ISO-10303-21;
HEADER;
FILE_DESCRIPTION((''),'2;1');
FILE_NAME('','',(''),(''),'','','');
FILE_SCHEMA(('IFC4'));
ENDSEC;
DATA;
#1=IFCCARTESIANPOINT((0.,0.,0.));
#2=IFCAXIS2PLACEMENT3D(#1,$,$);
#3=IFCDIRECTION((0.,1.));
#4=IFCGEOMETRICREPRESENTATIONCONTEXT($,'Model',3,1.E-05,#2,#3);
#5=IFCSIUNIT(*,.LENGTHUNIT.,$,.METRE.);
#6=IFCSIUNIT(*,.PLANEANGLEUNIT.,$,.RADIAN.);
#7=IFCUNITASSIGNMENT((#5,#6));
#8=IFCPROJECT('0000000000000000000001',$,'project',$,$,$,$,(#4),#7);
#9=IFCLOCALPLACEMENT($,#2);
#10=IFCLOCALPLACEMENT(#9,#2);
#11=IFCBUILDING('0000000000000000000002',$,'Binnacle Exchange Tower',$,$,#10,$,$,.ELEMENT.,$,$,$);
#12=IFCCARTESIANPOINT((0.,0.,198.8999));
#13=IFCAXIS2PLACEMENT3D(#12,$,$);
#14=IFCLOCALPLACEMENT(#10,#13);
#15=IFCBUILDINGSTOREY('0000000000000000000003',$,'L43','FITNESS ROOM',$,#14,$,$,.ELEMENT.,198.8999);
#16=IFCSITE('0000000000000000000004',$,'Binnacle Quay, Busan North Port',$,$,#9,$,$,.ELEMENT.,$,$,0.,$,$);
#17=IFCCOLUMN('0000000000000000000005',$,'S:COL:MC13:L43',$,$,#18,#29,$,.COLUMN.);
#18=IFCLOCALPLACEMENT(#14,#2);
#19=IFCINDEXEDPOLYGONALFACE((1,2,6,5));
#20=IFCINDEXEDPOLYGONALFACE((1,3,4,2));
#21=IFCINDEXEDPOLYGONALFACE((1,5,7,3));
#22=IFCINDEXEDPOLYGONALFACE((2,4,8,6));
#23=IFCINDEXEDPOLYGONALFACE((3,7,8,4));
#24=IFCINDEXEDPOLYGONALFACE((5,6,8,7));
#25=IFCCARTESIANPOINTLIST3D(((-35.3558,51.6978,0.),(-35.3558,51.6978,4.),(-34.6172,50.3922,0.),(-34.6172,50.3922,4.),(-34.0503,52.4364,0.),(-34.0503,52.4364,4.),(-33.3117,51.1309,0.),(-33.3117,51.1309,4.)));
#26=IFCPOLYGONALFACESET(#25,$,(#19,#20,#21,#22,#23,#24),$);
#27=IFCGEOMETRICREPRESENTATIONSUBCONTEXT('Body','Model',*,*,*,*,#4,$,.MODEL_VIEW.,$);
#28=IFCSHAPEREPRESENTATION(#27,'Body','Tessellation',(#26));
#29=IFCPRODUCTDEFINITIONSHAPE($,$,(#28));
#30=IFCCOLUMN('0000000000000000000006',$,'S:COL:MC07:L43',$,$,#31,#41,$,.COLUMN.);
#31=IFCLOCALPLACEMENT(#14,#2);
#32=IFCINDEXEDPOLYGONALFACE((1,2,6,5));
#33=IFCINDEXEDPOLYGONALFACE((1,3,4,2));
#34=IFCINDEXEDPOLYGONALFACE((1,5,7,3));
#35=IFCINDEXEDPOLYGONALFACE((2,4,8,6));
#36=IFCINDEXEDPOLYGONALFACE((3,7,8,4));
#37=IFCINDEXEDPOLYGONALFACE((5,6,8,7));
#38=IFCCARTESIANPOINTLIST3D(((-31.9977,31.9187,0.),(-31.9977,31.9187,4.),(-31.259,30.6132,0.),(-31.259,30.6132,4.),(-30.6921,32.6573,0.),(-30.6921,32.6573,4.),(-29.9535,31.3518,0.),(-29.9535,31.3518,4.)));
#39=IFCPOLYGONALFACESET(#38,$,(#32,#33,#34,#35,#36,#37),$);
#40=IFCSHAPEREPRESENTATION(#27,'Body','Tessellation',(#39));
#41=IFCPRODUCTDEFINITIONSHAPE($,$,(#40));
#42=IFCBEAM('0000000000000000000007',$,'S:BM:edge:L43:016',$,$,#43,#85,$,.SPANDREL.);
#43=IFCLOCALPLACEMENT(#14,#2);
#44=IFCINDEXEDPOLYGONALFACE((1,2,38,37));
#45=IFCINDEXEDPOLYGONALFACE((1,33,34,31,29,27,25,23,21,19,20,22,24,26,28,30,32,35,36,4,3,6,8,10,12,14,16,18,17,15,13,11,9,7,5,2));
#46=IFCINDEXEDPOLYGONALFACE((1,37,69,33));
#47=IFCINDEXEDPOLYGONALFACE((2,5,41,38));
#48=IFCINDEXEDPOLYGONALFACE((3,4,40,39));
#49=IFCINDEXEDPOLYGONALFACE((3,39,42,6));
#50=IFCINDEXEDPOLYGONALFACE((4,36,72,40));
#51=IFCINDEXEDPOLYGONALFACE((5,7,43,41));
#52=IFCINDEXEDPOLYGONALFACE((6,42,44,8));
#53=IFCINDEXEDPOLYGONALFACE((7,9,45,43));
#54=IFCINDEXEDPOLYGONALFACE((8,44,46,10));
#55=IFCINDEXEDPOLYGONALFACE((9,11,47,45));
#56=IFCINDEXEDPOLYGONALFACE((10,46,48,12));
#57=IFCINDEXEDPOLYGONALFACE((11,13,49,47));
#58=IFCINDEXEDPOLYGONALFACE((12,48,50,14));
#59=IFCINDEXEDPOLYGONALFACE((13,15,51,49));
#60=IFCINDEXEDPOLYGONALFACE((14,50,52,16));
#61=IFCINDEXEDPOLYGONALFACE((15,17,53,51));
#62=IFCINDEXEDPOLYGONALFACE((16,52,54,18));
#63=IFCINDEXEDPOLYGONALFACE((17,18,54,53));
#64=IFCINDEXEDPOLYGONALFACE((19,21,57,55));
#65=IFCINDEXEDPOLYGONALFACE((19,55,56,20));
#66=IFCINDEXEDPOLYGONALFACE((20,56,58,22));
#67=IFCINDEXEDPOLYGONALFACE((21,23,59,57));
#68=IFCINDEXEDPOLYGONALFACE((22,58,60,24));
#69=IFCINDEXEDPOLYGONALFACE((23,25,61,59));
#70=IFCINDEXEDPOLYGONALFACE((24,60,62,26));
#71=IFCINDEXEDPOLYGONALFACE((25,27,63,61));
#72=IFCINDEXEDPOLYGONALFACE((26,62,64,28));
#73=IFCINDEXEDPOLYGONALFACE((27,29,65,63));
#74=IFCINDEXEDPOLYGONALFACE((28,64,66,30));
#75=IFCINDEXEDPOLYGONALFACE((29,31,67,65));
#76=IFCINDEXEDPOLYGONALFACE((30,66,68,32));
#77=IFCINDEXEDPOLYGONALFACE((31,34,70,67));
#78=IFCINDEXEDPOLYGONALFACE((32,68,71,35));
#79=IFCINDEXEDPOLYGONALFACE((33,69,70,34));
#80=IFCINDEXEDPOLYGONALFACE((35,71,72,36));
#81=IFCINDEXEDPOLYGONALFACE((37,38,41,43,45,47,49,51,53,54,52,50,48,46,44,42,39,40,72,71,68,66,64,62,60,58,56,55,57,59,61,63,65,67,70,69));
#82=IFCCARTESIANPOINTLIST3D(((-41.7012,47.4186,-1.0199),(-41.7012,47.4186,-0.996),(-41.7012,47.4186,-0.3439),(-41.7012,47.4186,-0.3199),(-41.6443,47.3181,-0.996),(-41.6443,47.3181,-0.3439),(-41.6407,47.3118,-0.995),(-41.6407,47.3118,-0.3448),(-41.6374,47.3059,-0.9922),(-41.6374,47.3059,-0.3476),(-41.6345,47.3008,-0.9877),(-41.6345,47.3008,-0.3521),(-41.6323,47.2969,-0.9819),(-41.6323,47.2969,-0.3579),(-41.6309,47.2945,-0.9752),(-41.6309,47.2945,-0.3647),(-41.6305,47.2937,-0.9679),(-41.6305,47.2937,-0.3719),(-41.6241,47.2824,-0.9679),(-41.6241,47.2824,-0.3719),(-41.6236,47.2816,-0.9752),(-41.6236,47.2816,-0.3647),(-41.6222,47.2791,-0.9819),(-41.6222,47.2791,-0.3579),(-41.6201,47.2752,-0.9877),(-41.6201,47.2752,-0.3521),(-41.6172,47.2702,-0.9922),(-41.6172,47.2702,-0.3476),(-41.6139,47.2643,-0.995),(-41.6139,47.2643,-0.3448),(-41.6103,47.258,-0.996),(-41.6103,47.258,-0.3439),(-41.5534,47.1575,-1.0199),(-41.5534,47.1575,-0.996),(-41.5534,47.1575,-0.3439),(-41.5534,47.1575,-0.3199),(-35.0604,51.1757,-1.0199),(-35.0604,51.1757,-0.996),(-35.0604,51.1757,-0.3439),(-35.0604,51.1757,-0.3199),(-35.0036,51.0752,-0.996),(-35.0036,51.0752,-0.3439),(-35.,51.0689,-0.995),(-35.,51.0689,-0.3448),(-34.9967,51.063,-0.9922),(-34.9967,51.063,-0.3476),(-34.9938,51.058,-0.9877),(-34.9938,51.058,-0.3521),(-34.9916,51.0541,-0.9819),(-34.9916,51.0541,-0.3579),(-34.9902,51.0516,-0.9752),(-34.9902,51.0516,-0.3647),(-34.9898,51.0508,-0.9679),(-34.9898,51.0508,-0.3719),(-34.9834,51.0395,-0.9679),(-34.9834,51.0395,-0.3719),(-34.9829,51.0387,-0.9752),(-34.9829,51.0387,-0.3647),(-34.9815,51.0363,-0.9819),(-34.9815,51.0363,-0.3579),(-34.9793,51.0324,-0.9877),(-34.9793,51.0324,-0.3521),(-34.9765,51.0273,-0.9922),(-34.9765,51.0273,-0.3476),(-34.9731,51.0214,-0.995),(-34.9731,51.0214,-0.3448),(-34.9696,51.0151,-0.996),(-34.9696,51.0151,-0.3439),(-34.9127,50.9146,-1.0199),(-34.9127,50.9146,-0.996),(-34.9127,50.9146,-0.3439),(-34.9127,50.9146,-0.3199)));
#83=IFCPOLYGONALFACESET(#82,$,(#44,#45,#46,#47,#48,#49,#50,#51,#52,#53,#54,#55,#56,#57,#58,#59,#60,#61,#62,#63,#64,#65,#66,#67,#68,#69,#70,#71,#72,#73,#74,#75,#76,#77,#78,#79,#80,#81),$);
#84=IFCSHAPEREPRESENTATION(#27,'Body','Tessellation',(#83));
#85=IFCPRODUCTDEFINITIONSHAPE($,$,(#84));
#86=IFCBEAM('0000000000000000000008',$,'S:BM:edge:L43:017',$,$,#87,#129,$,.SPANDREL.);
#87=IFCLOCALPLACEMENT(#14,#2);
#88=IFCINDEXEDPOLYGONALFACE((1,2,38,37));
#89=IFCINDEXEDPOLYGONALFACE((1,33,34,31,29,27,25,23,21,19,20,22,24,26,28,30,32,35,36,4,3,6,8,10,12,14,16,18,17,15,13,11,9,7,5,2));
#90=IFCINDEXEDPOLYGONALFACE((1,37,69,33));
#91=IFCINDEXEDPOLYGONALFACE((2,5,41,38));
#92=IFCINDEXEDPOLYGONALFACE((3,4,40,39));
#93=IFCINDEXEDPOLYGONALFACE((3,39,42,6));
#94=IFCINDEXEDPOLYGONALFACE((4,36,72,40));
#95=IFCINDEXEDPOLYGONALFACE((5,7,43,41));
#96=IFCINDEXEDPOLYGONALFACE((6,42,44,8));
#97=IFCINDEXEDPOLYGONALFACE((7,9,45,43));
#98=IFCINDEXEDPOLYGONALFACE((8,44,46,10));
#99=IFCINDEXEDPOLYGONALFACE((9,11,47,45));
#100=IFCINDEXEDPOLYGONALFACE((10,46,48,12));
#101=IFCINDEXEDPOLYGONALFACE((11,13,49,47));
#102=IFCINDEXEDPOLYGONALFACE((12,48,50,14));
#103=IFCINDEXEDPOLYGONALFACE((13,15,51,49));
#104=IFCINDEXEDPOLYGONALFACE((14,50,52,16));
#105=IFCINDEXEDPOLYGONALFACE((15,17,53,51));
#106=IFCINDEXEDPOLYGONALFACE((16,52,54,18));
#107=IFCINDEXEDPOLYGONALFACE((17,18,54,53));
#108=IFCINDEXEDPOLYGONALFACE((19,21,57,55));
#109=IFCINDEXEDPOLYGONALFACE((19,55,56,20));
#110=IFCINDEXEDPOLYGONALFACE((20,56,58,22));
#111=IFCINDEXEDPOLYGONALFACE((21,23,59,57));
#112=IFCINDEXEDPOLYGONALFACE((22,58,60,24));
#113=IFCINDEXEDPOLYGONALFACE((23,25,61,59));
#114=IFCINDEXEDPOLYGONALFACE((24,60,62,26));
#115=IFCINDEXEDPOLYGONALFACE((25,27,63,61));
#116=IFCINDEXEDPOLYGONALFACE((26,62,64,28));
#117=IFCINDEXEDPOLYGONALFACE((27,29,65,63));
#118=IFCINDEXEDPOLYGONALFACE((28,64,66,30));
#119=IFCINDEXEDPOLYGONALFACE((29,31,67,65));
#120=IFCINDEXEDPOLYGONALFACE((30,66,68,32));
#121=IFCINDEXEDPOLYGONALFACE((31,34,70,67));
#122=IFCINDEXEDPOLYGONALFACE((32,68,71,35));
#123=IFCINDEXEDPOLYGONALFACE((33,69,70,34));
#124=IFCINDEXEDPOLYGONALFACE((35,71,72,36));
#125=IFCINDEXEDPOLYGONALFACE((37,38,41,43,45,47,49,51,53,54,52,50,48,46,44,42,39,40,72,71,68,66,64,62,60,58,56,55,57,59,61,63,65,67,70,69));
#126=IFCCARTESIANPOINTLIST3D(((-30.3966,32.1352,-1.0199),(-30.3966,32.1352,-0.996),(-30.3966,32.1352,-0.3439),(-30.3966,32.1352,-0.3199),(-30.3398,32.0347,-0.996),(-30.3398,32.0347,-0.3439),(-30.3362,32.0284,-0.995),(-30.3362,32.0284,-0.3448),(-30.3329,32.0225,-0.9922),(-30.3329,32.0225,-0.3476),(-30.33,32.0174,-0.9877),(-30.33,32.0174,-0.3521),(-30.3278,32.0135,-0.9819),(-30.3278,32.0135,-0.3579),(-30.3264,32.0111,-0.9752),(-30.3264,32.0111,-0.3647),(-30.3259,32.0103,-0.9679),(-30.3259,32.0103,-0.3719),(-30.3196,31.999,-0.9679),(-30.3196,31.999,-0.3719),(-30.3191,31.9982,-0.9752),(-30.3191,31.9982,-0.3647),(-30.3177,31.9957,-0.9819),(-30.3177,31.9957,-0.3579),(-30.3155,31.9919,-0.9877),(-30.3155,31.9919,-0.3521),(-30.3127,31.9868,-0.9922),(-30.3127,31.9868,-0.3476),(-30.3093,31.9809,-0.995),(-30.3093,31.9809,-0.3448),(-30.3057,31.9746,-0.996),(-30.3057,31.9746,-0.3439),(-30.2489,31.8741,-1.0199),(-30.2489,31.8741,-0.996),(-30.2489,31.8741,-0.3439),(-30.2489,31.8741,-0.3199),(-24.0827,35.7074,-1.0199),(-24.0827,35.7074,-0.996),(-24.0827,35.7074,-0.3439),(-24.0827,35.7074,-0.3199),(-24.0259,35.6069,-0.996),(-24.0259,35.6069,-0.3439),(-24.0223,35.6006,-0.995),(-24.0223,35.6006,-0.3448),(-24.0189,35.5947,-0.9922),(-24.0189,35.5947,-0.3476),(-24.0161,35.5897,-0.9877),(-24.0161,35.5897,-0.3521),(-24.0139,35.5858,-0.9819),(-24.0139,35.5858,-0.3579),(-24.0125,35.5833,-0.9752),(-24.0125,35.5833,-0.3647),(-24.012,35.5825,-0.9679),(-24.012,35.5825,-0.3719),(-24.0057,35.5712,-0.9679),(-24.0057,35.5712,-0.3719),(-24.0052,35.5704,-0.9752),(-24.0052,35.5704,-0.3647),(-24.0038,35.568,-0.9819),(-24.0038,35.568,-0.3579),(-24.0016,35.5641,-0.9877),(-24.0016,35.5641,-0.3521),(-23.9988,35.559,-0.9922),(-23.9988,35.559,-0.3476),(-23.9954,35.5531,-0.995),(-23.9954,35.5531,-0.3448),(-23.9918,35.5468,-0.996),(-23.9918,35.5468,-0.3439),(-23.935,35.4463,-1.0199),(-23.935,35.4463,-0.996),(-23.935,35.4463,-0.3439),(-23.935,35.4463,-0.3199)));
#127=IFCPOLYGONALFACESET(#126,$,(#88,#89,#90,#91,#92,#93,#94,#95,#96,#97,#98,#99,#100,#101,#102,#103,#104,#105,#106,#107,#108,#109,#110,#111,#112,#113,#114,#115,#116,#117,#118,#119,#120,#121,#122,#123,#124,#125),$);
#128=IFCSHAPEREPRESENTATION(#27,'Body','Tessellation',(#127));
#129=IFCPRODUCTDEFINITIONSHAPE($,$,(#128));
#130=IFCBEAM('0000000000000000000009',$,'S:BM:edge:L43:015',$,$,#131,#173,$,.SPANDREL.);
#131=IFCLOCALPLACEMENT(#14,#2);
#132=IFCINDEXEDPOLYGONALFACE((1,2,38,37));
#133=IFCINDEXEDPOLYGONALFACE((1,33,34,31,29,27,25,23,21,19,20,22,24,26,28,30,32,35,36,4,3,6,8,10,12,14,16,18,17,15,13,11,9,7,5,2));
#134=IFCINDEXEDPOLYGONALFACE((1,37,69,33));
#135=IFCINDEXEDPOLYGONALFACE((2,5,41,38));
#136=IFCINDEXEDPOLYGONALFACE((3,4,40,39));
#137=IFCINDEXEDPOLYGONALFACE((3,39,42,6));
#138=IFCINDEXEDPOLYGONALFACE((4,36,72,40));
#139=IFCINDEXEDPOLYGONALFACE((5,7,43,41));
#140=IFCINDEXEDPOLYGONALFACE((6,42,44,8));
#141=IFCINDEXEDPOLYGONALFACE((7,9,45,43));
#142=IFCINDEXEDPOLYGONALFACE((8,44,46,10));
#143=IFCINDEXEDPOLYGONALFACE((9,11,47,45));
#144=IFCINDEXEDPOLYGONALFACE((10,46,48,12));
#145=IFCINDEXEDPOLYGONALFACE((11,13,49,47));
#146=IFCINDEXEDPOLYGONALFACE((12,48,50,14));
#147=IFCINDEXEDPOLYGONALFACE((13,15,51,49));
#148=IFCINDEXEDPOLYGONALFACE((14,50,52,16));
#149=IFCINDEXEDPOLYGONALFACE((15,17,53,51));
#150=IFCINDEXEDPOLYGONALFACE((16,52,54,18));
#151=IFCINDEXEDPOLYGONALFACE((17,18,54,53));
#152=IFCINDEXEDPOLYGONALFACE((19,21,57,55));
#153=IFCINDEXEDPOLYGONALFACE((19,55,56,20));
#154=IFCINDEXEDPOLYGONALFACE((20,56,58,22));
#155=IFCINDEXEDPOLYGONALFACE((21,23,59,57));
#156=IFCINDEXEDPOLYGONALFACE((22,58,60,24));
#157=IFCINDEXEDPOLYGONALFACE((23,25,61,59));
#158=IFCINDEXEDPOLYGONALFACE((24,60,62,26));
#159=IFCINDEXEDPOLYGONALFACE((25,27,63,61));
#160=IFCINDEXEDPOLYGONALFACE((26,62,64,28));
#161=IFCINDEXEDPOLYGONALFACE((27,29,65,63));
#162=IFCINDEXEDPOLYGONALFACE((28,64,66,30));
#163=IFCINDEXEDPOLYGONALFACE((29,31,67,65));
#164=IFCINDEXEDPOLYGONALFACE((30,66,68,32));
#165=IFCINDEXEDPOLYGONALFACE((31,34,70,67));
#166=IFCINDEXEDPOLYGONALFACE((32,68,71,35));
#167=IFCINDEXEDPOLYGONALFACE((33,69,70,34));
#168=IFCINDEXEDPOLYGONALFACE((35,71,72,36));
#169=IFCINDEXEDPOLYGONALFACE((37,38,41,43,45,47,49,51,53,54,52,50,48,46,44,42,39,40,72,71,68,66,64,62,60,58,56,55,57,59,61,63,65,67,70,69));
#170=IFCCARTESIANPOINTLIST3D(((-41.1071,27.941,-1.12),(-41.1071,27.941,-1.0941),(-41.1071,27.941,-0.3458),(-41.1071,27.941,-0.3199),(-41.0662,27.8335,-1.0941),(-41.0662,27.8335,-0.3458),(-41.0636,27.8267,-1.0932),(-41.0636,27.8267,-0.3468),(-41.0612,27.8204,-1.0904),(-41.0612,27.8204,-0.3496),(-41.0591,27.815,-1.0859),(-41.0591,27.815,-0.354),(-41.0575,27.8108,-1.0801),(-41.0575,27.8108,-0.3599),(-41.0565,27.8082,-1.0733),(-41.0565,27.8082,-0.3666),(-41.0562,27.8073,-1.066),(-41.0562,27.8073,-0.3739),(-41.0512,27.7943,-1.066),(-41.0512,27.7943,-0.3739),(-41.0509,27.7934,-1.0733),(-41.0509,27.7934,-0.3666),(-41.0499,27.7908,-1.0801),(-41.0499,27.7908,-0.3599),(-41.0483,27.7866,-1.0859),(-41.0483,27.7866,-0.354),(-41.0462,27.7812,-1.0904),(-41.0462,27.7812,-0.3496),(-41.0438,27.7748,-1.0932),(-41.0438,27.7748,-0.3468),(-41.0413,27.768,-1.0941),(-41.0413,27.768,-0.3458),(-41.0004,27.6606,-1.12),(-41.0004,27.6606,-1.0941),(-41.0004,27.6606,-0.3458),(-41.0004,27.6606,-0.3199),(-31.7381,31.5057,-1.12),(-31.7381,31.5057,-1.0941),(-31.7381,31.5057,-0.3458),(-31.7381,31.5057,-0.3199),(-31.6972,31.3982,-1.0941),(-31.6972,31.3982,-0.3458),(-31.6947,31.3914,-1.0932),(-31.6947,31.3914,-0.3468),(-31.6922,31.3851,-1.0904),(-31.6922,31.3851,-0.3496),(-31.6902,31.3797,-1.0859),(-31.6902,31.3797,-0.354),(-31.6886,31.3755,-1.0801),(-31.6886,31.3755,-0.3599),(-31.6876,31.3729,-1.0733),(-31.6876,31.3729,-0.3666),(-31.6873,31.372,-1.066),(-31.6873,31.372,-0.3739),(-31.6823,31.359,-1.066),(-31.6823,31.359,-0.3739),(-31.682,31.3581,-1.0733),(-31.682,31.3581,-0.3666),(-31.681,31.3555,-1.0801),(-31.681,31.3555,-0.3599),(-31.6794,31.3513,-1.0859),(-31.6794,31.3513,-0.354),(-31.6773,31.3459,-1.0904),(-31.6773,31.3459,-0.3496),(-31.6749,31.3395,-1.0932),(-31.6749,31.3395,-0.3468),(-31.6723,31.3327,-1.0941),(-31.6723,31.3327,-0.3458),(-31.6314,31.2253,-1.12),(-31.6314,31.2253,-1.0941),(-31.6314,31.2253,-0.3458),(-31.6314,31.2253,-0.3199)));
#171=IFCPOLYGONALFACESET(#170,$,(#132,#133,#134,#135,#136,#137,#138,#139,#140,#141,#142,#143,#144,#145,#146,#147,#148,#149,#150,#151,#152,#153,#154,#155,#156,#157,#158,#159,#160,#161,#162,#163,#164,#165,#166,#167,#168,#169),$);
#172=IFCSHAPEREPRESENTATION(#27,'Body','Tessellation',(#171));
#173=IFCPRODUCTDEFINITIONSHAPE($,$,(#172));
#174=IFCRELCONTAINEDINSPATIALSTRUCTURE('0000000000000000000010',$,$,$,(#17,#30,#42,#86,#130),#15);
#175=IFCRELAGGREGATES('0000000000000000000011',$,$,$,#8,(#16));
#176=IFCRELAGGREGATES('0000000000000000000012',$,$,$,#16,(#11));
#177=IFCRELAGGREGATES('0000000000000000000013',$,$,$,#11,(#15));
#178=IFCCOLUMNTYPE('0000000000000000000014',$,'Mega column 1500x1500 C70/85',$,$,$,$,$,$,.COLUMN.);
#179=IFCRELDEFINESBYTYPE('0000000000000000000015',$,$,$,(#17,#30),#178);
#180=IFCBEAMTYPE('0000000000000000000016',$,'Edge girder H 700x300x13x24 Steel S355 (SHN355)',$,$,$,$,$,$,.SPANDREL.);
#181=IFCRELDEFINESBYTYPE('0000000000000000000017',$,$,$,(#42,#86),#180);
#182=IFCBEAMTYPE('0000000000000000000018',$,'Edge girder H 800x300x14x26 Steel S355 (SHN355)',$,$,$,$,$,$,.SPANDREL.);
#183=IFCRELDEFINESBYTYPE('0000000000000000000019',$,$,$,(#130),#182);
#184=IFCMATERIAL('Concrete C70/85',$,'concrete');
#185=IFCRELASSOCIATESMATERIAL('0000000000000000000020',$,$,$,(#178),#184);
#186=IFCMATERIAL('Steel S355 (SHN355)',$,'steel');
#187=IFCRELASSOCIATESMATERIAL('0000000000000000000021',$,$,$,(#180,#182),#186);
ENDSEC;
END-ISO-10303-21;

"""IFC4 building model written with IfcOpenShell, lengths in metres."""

from ifc_helpers import new_model, si_unit, direction, frame, origin, origin_2d, place, context, subcontext, project, spatial, rectangle, i_section, extrude, material, material_profile, profile_set, type_object, element, save


model = new_model("IFC4")

# Units and contexts
model_context = context("Model", 3, precision=1e-05, world=origin(), true_north=direction((0.0, 1.0)))
body_context = subcontext(model_context, "Body", "Model", "MODEL_VIEW")
ifc_project = project(units=[si_unit("LENGTHUNIT", "METRE"), si_unit("PLANEANGLEUNIT", "RADIAN")], contexts=[model_context])

# Site, building, storey
site_placement = place(None, origin())
site = spatial("IfcSite", under=ifc_project, at=site_placement, Name="Binnacle Quay, Busan North Port", CompositionType="ELEMENT", RefElevation=0.0)
building_placement = place(site_placement, origin())
building = spatial("IfcBuilding", under=site, at=building_placement, Name="Binnacle Exchange Tower", CompositionType="ELEMENT")
storey_placement = place(building_placement, frame((0.0, 0.0, 198.8999)))
storey = spatial("IfcBuildingStorey", under=building, at=storey_placement, Name="L43", Description="FITNESS ROOM", CompositionType="ELEMENT", Elevation=198.8999)

# Columns
ifc_material_1 = material(Name="Concrete C70/85", Category="concrete")
ifc_material_profile_1 = material_profile(ifc_material_1, rectangle(XDim=1.5, YDim=1.5, at=origin_2d()), Name="Mega column 1500x1500 C70/85")
ifc_profile_set_1 = profile_set([ifc_material_profile_1], Name="Concrete C70/85")
column_type = type_object("IfcColumnType", Name="Mega column 1500x1500 C70/85", PredefinedType="COLUMN", material=ifc_profile_set_1)
for number, where, z_axis, x_axis, name in (
    (1, (-34.3337, 51.4143, 0.0), (0.0, 0.0, 1.0), (-0.870356, -0.492424, 0.0), "S:COL:MC13:L43"),
    (2, (-30.9756, 31.6353, 0.0), (0.0, 0.0, 1.0), (0.870356, 0.492424, 0.0), "S:COL:MC07:L43"),
):
    element("IfcColumn", number, at=place(storey_placement, frame(where, z_axis=z_axis, x_axis=x_axis)), inside=storey, type_object=column_type, Name=name, PredefinedType="COLUMN", context=body_context, shape_type="SweptSolid", body=[
        extrude(rectangle(XDim=1.5, YDim=1.5, at=origin_2d()), origin(), (0.0, 0.0, 1.0), 4.0),
    ])

# Beams
ifc_material_2 = material(Name="Steel S355 (SHN355)", Category="steel")
ifc_material_profile_2 = material_profile(ifc_material_2, i_section(OverallWidth=0.3, OverallDepth=0.7, WebThickness=0.0129, FlangeThickness=0.0239, FilletRadius=0.0281, at=origin_2d()), Name="H 700x300x13x24")
ifc_profile_set_2 = profile_set([ifc_material_profile_2], Name="Steel S355 (SHN355)")
beam_type_1 = type_object("IfcBeamType", Name="Edge girder H 700x300x13x24 Steel S355 (SHN355)", PredefinedType="SPANDREL", material=ifc_profile_set_2)
beam_1_placement = place(storey_placement, frame((-34.9866, 51.0452, -0.6699), z_axis=(-0.870356, -0.492423, 0.0), x_axis=(0.492423, -0.870356, 0.0)))
element("IfcBeam", 3, at=beam_1_placement, inside=storey, type_object=beam_type_1, Name="S:BM:edge:L43:016", PredefinedType="SPANDREL", context=body_context, shape_type="SweptSolid", body=[
    extrude(i_section(OverallWidth=0.3, OverallDepth=0.7, WebThickness=0.0129, FlangeThickness=0.0239, FilletRadius=0.0281, at=origin_2d()), origin(), (0.0, 0.0, 1.0), 7.6299),
])
beam_2_placement = place(storey_placement, frame((-30.3228, 32.0046, -0.6699), z_axis=(0.870356, 0.492423, 0.0), x_axis=(-0.492423, 0.870356, 0.0)))
element("IfcBeam", 4, at=beam_2_placement, inside=storey, type_object=beam_type_1, Name="S:BM:edge:L43:017", PredefinedType="SPANDREL", context=body_context, shape_type="SweptSolid", body=[
    extrude(i_section(OverallWidth=0.3, OverallDepth=0.7, WebThickness=0.0129, FlangeThickness=0.0239, FilletRadius=0.0281, at=origin_2d()), origin(), (0.0, 0.0, 1.0), 7.2544),
])
ifc_material_profile_3 = material_profile(ifc_material_2, i_section(OverallWidth=0.3, OverallDepth=0.8, WebThickness=0.0139, FlangeThickness=0.0259, FilletRadius=0.0281, at=origin_2d()), Name="H 800x300x14x26")
ifc_profile_set_3 = profile_set([ifc_material_profile_3], Name="Steel S355 (SHN355)")
beam_type_2 = type_object("IfcBeamType", Name="Edge girder H 800x300x14x26 Steel S355 (SHN355)", PredefinedType="SPANDREL", material=ifc_profile_set_3)
beam_3_placement = place(storey_placement, frame((-41.0537, 27.8008, -0.72), z_axis=(0.934634, 0.355611, 0.0), x_axis=(-0.355611, 0.934634, 0.0)))
element("IfcBeam", 5, at=beam_3_placement, inside=storey, type_object=beam_type_2, Name="S:BM:edge:L43:015", PredefinedType="SPANDREL", context=body_context, shape_type="SweptSolid", body=[
    extrude(i_section(OverallWidth=0.3, OverallDepth=0.8, WebThickness=0.0139, FlangeThickness=0.0259, FilletRadius=0.0281, at=origin_2d()), origin(), (0.0, 0.0, 1.0), 10.0242),
])

save(model, "model.ifc")
